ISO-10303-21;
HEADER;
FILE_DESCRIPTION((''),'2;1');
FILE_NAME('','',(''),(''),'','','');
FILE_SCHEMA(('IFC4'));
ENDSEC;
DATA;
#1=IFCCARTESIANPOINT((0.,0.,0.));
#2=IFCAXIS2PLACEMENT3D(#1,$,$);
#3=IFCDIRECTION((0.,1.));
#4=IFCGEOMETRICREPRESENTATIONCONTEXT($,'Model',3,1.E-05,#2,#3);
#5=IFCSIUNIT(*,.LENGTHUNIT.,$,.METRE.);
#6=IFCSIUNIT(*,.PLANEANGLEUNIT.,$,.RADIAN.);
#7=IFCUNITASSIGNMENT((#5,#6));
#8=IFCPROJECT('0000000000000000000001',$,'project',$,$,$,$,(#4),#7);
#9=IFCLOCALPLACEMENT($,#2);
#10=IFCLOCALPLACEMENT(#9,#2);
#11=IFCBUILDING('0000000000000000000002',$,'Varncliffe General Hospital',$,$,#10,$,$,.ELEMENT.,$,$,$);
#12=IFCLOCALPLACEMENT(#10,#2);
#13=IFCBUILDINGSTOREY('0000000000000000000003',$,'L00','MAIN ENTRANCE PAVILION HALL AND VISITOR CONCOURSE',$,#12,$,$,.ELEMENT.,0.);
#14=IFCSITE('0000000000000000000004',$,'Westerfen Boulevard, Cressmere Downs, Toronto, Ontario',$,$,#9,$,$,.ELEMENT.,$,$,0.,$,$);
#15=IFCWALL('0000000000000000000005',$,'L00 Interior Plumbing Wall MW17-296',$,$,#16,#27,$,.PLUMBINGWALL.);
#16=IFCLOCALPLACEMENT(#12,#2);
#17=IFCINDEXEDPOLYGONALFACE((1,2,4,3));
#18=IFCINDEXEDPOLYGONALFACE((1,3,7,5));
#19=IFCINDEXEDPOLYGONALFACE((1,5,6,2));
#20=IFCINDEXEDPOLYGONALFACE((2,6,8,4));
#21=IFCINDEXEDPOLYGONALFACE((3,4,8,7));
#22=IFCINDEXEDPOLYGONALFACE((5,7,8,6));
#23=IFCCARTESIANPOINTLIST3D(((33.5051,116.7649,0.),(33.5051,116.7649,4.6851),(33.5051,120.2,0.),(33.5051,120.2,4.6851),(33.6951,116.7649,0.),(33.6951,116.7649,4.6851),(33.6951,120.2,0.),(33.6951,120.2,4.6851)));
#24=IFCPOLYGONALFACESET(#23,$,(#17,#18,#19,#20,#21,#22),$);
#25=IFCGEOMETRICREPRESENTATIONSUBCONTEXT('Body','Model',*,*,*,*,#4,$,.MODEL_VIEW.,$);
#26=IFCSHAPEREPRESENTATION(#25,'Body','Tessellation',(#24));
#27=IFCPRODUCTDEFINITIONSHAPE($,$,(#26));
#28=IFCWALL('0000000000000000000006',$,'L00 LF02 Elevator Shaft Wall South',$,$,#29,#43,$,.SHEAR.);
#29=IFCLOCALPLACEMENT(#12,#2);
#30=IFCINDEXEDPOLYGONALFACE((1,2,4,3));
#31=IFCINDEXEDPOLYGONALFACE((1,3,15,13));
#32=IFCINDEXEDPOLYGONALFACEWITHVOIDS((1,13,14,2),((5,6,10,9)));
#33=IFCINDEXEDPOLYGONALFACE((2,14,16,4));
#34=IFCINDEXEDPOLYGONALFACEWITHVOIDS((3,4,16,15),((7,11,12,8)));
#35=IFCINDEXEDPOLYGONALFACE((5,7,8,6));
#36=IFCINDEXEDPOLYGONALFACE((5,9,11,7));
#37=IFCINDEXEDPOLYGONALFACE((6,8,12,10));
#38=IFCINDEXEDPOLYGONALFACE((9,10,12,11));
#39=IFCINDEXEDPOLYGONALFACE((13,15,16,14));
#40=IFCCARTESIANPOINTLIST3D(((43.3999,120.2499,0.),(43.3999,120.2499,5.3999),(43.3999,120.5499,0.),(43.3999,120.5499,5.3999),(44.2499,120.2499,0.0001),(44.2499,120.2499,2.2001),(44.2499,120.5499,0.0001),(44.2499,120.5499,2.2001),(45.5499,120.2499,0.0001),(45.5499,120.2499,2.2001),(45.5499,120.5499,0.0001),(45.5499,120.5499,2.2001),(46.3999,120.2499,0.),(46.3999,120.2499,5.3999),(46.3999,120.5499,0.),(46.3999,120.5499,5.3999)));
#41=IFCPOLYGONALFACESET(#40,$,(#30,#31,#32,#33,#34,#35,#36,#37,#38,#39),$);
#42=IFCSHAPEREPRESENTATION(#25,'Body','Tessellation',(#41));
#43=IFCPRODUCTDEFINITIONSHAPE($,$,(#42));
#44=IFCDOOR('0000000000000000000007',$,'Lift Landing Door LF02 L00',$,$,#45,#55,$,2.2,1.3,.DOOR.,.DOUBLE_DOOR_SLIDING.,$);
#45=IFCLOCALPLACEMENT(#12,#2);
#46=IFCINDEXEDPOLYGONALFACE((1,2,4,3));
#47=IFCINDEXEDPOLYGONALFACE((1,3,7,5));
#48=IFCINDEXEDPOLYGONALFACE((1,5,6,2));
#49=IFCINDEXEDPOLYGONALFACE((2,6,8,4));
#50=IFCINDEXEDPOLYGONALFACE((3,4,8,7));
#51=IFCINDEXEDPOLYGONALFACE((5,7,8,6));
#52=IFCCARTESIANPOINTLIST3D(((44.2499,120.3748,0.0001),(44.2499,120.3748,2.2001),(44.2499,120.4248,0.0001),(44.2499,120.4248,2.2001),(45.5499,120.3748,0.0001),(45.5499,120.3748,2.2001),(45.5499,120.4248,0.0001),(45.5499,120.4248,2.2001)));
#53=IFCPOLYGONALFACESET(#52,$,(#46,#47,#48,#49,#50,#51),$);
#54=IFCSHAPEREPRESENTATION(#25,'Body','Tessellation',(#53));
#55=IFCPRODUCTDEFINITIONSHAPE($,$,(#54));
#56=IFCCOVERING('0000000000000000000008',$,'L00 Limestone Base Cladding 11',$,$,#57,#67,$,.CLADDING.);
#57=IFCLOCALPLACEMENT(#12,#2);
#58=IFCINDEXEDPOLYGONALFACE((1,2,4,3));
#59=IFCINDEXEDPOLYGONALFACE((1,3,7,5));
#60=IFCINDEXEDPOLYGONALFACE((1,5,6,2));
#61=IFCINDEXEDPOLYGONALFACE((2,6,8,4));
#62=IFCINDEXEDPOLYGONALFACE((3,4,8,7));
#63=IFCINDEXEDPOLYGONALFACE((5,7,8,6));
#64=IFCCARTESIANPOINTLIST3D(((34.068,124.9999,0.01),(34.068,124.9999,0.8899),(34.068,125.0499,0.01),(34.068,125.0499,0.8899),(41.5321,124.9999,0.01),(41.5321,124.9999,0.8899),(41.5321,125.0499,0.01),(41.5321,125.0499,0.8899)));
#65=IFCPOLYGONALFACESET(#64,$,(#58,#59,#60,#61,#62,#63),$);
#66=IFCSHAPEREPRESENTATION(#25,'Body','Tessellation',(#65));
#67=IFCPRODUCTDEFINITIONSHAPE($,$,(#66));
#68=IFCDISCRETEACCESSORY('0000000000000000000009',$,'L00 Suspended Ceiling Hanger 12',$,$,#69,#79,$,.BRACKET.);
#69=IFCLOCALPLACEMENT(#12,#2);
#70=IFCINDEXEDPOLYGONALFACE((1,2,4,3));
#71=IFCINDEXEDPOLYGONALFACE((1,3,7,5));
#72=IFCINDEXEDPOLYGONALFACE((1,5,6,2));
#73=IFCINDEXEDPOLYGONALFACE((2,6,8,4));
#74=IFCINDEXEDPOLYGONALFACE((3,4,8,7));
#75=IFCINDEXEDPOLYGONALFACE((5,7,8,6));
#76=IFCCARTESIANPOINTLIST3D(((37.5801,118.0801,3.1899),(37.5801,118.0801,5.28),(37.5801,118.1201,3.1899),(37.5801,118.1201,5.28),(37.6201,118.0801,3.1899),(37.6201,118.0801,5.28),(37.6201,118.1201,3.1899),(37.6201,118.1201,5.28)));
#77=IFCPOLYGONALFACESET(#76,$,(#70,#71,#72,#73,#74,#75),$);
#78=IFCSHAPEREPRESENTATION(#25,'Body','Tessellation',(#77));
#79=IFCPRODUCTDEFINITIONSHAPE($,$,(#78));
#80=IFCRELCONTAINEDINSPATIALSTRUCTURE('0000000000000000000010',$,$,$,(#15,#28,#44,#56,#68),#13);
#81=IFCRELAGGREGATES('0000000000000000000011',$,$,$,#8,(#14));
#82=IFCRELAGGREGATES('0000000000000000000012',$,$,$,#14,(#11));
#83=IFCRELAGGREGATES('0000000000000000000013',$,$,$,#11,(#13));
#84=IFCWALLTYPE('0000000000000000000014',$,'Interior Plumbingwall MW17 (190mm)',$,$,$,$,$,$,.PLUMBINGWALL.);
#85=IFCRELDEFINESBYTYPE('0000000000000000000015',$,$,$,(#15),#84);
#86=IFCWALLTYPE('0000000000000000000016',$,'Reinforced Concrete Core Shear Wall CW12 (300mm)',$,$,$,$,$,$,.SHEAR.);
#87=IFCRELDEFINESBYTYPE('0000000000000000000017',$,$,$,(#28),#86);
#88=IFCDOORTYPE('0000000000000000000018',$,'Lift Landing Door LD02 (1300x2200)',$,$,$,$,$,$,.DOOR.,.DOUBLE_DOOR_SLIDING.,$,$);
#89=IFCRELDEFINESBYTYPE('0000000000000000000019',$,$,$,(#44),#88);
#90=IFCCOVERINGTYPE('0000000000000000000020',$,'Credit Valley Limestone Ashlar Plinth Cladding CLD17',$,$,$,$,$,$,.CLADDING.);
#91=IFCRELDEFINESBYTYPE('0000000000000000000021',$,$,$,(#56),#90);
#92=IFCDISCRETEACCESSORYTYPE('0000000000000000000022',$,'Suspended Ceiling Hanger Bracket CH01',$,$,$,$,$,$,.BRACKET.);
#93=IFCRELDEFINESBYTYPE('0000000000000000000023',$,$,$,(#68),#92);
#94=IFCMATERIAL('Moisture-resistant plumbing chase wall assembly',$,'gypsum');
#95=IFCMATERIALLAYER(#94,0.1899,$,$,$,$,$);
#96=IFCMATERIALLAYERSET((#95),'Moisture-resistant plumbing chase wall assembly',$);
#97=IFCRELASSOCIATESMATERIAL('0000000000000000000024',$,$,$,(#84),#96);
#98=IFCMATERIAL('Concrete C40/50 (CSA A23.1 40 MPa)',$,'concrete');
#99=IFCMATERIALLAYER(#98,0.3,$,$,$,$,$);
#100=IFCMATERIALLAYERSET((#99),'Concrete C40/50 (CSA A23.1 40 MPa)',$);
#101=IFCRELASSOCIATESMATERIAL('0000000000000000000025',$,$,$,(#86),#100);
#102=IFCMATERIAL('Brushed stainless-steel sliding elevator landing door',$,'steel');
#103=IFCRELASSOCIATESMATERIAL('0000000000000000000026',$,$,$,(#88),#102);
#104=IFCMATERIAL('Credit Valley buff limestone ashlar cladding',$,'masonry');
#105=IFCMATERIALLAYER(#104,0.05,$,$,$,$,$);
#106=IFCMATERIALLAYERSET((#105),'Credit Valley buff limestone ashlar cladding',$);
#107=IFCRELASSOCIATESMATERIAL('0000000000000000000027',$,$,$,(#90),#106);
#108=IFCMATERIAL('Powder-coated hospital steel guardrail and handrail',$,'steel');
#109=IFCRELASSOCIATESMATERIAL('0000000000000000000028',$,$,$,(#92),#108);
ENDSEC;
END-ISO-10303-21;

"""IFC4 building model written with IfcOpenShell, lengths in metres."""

from ifc_helpers import new_model, si_unit, direction, frame, frame_2d, origin, origin_2d, place, context, subcontext, project, spatial, rectangle, extrude, material, layer, layer_set, type_object, element, fill, save


model = new_model("IFC4")

# Units and contexts
model_context = context("Model", 3, precision=1e-05, world=origin(), true_north=direction((0.0, 1.0)))
body_context = subcontext(model_context, "Body", "Model", "MODEL_VIEW")
ifc_project = project(units=[si_unit("LENGTHUNIT", "METRE"), si_unit("PLANEANGLEUNIT", "RADIAN")], contexts=[model_context])

# Site, building, storey
site_placement = place(None, origin())
site = spatial("IfcSite", under=ifc_project, at=site_placement, Name="Westerfen Boulevard, Cressmere Downs, Toronto, Ontario", CompositionType="ELEMENT", RefElevation=0.0)
building_placement = place(site_placement, origin())
building = spatial("IfcBuilding", under=site, at=building_placement, Name="Varncliffe General Hospital", CompositionType="ELEMENT")
storey_placement = place(building_placement, origin())
storey = spatial("IfcBuildingStorey", under=building, at=storey_placement, Name="L00", Description="MAIN ENTRANCE PAVILION HALL AND VISITOR CONCOURSE", CompositionType="ELEMENT", Elevation=0.0)

# Shared definitions
ifc_material_1 = material(Name="Concrete C40/50 (CSA A23.1 40 MPa)", Category="concrete")

# Wall
ifc_material_2 = material(Name="Moisture-resistant plumbing chase wall assembly", Category="gypsum")
ifc_layer_1 = layer(ifc_material_2, 0.1899)
ifc_layer_set_1 = layer_set([ifc_layer_1], Name="Moisture-resistant plumbing chase wall assembly")
wall_type_1 = type_object("IfcWallType", Name="Interior Plumbingwall MW17 (190mm)", PredefinedType="PLUMBINGWALL", material=ifc_layer_set_1)
wall_1_placement = place(storey_placement, frame((33.6001, 116.7649, 0.0), z_axis=(0.0, 0.0, 1.0), x_axis=(0.0, 1.0, 0.0)))
element("IfcWall", 1, at=wall_1_placement, inside=storey, type_object=wall_type_1, Name="L00 Interior Plumbing Wall MW17-296", PredefinedType="PLUMBINGWALL", context=body_context, shape_type="SweptSolid", body=[
    extrude(rectangle(XDim=3.4351, YDim=0.1899, at=frame_2d((1.7175, 0.0))), origin(), (0.0, 0.0, 1.0), 4.6851),
])

# Wall, opening, door
ifc_layer_2 = layer(ifc_material_1, 0.3)
ifc_layer_set_2 = layer_set([ifc_layer_2], Name="Concrete C40/50 (CSA A23.1 40 MPa)")
wall_type_2 = type_object("IfcWallType", Name="Reinforced Concrete Core Shear Wall CW12 (300mm)", PredefinedType="SHEAR", material=ifc_layer_set_2)
wall_2_placement = place(storey_placement, frame((43.3999, 120.3999, 0.0), z_axis=(0.0, 0.0, 1.0), x_axis=(1.0, 0.0, 0.0)))
wall_2 = element("IfcWall", 2, at=wall_2_placement, inside=storey, type_object=wall_type_2, Name="L00 LF02 Elevator Shaft Wall South", PredefinedType="SHEAR", context=body_context, shape_type="SweptSolid", body=[
    extrude(rectangle(XDim=3.0, YDim=0.3, at=frame_2d((1.5, 0.0))), origin(), (0.0, 0.0, 1.0), 5.3999),
])
opening_1_placement = place(wall_2_placement, frame((0.8501, 0.0, 0.0)))
opening_1 = element("IfcOpeningElement", 3, at=opening_1_placement, cuts=wall_2, PredefinedType="OPENING", context=body_context, shape_type="SweptSolid", body=[
    extrude(rectangle(XDim=1.3, YDim=2.2, at=frame_2d((0.6499, 1.1001))), frame((0.0, 0.1602, 0.0), z_axis=(0.0, -1.0, 0.0), x_axis=(1.0, 0.0, 0.0)), (0.0, 0.0, 1.0), 0.3201),
])
ifc_material_3 = material(Name="Brushed stainless-steel sliding elevator landing door", Category="steel")
door_type = type_object("IfcDoorType", Name="Lift Landing Door LD02 (1300x2200)", OperationType="DOUBLE_DOOR_SLIDING", PredefinedType="DOOR", material=ifc_material_3)
door_placement = place(opening_1_placement, origin())
door = element("IfcDoor", 4, at=door_placement, inside=storey, type_object=door_type, Name="Lift Landing Door LF02 L00", OperationType="DOUBLE_DOOR_SLIDING", OverallHeight=2.2, OverallWidth=1.3, PredefinedType="DOOR", context=body_context, shape_type="SweptSolid", body=[
    extrude(rectangle(XDim=1.3, YDim=2.2, at=frame_2d((0.6499, 1.1001))), frame((0.0, 0.0249, 0.0), z_axis=(0.0, -1.0, 0.0), x_axis=(1.0, 0.0, 0.0)), (0.0, 0.0, 1.0), 0.05),
])
fill(opening_1, door)

# Covering
ifc_material_4 = material(Name="Credit Valley buff limestone ashlar cladding", Category="masonry")
ifc_layer_3 = layer(ifc_material_4, 0.05)
ifc_layer_set_3 = layer_set([ifc_layer_3], Name="Credit Valley buff limestone ashlar cladding")
covering_type = type_object("IfcCoveringType", Name="Credit Valley Limestone Ashlar Plinth Cladding CLD17", PredefinedType="CLADDING", material=ifc_layer_set_3)
covering_placement = place(storey_placement, frame((37.8, 125.0249, 0.01), z_axis=(0.0, 0.0, 1.0), x_axis=(1.0, 0.0, 0.0)))
element("IfcCovering", 5, at=covering_placement, inside=storey, type_object=covering_type, Name="L00 Limestone Base Cladding 11", PredefinedType="CLADDING", context=body_context, shape_type="SweptSolid", body=[
    extrude(rectangle(XDim=7.4641, YDim=0.05, at=origin_2d()), origin(), (0.0, 0.0, 1.0), 0.8799),
])

# Discrete accessory
ifc_material_5 = material(Name="Powder-coated hospital steel guardrail and handrail", Category="steel")
discrete_accessory_type = type_object("IfcDiscreteAccessoryType", Name="Suspended Ceiling Hanger Bracket CH01", PredefinedType="BRACKET", material=ifc_material_5)
discrete_accessory_placement = place(storey_placement, frame((37.6001, 118.1001, 3.1899), z_axis=(0.0, 0.0, 1.0), x_axis=(1.0, 0.0, 0.0)))
element("IfcDiscreteAccessory", 6, at=discrete_accessory_placement, inside=storey, type_object=discrete_accessory_type, Name="L00 Suspended Ceiling Hanger 12", PredefinedType="BRACKET", context=body_context, shape_type="SweptSolid", body=[
    extrude(rectangle(XDim=0.04, YDim=0.04, at=origin_2d()), origin(), (0.0, 0.0, 1.0), 2.0901),
])

save(model, "model.ifc")
